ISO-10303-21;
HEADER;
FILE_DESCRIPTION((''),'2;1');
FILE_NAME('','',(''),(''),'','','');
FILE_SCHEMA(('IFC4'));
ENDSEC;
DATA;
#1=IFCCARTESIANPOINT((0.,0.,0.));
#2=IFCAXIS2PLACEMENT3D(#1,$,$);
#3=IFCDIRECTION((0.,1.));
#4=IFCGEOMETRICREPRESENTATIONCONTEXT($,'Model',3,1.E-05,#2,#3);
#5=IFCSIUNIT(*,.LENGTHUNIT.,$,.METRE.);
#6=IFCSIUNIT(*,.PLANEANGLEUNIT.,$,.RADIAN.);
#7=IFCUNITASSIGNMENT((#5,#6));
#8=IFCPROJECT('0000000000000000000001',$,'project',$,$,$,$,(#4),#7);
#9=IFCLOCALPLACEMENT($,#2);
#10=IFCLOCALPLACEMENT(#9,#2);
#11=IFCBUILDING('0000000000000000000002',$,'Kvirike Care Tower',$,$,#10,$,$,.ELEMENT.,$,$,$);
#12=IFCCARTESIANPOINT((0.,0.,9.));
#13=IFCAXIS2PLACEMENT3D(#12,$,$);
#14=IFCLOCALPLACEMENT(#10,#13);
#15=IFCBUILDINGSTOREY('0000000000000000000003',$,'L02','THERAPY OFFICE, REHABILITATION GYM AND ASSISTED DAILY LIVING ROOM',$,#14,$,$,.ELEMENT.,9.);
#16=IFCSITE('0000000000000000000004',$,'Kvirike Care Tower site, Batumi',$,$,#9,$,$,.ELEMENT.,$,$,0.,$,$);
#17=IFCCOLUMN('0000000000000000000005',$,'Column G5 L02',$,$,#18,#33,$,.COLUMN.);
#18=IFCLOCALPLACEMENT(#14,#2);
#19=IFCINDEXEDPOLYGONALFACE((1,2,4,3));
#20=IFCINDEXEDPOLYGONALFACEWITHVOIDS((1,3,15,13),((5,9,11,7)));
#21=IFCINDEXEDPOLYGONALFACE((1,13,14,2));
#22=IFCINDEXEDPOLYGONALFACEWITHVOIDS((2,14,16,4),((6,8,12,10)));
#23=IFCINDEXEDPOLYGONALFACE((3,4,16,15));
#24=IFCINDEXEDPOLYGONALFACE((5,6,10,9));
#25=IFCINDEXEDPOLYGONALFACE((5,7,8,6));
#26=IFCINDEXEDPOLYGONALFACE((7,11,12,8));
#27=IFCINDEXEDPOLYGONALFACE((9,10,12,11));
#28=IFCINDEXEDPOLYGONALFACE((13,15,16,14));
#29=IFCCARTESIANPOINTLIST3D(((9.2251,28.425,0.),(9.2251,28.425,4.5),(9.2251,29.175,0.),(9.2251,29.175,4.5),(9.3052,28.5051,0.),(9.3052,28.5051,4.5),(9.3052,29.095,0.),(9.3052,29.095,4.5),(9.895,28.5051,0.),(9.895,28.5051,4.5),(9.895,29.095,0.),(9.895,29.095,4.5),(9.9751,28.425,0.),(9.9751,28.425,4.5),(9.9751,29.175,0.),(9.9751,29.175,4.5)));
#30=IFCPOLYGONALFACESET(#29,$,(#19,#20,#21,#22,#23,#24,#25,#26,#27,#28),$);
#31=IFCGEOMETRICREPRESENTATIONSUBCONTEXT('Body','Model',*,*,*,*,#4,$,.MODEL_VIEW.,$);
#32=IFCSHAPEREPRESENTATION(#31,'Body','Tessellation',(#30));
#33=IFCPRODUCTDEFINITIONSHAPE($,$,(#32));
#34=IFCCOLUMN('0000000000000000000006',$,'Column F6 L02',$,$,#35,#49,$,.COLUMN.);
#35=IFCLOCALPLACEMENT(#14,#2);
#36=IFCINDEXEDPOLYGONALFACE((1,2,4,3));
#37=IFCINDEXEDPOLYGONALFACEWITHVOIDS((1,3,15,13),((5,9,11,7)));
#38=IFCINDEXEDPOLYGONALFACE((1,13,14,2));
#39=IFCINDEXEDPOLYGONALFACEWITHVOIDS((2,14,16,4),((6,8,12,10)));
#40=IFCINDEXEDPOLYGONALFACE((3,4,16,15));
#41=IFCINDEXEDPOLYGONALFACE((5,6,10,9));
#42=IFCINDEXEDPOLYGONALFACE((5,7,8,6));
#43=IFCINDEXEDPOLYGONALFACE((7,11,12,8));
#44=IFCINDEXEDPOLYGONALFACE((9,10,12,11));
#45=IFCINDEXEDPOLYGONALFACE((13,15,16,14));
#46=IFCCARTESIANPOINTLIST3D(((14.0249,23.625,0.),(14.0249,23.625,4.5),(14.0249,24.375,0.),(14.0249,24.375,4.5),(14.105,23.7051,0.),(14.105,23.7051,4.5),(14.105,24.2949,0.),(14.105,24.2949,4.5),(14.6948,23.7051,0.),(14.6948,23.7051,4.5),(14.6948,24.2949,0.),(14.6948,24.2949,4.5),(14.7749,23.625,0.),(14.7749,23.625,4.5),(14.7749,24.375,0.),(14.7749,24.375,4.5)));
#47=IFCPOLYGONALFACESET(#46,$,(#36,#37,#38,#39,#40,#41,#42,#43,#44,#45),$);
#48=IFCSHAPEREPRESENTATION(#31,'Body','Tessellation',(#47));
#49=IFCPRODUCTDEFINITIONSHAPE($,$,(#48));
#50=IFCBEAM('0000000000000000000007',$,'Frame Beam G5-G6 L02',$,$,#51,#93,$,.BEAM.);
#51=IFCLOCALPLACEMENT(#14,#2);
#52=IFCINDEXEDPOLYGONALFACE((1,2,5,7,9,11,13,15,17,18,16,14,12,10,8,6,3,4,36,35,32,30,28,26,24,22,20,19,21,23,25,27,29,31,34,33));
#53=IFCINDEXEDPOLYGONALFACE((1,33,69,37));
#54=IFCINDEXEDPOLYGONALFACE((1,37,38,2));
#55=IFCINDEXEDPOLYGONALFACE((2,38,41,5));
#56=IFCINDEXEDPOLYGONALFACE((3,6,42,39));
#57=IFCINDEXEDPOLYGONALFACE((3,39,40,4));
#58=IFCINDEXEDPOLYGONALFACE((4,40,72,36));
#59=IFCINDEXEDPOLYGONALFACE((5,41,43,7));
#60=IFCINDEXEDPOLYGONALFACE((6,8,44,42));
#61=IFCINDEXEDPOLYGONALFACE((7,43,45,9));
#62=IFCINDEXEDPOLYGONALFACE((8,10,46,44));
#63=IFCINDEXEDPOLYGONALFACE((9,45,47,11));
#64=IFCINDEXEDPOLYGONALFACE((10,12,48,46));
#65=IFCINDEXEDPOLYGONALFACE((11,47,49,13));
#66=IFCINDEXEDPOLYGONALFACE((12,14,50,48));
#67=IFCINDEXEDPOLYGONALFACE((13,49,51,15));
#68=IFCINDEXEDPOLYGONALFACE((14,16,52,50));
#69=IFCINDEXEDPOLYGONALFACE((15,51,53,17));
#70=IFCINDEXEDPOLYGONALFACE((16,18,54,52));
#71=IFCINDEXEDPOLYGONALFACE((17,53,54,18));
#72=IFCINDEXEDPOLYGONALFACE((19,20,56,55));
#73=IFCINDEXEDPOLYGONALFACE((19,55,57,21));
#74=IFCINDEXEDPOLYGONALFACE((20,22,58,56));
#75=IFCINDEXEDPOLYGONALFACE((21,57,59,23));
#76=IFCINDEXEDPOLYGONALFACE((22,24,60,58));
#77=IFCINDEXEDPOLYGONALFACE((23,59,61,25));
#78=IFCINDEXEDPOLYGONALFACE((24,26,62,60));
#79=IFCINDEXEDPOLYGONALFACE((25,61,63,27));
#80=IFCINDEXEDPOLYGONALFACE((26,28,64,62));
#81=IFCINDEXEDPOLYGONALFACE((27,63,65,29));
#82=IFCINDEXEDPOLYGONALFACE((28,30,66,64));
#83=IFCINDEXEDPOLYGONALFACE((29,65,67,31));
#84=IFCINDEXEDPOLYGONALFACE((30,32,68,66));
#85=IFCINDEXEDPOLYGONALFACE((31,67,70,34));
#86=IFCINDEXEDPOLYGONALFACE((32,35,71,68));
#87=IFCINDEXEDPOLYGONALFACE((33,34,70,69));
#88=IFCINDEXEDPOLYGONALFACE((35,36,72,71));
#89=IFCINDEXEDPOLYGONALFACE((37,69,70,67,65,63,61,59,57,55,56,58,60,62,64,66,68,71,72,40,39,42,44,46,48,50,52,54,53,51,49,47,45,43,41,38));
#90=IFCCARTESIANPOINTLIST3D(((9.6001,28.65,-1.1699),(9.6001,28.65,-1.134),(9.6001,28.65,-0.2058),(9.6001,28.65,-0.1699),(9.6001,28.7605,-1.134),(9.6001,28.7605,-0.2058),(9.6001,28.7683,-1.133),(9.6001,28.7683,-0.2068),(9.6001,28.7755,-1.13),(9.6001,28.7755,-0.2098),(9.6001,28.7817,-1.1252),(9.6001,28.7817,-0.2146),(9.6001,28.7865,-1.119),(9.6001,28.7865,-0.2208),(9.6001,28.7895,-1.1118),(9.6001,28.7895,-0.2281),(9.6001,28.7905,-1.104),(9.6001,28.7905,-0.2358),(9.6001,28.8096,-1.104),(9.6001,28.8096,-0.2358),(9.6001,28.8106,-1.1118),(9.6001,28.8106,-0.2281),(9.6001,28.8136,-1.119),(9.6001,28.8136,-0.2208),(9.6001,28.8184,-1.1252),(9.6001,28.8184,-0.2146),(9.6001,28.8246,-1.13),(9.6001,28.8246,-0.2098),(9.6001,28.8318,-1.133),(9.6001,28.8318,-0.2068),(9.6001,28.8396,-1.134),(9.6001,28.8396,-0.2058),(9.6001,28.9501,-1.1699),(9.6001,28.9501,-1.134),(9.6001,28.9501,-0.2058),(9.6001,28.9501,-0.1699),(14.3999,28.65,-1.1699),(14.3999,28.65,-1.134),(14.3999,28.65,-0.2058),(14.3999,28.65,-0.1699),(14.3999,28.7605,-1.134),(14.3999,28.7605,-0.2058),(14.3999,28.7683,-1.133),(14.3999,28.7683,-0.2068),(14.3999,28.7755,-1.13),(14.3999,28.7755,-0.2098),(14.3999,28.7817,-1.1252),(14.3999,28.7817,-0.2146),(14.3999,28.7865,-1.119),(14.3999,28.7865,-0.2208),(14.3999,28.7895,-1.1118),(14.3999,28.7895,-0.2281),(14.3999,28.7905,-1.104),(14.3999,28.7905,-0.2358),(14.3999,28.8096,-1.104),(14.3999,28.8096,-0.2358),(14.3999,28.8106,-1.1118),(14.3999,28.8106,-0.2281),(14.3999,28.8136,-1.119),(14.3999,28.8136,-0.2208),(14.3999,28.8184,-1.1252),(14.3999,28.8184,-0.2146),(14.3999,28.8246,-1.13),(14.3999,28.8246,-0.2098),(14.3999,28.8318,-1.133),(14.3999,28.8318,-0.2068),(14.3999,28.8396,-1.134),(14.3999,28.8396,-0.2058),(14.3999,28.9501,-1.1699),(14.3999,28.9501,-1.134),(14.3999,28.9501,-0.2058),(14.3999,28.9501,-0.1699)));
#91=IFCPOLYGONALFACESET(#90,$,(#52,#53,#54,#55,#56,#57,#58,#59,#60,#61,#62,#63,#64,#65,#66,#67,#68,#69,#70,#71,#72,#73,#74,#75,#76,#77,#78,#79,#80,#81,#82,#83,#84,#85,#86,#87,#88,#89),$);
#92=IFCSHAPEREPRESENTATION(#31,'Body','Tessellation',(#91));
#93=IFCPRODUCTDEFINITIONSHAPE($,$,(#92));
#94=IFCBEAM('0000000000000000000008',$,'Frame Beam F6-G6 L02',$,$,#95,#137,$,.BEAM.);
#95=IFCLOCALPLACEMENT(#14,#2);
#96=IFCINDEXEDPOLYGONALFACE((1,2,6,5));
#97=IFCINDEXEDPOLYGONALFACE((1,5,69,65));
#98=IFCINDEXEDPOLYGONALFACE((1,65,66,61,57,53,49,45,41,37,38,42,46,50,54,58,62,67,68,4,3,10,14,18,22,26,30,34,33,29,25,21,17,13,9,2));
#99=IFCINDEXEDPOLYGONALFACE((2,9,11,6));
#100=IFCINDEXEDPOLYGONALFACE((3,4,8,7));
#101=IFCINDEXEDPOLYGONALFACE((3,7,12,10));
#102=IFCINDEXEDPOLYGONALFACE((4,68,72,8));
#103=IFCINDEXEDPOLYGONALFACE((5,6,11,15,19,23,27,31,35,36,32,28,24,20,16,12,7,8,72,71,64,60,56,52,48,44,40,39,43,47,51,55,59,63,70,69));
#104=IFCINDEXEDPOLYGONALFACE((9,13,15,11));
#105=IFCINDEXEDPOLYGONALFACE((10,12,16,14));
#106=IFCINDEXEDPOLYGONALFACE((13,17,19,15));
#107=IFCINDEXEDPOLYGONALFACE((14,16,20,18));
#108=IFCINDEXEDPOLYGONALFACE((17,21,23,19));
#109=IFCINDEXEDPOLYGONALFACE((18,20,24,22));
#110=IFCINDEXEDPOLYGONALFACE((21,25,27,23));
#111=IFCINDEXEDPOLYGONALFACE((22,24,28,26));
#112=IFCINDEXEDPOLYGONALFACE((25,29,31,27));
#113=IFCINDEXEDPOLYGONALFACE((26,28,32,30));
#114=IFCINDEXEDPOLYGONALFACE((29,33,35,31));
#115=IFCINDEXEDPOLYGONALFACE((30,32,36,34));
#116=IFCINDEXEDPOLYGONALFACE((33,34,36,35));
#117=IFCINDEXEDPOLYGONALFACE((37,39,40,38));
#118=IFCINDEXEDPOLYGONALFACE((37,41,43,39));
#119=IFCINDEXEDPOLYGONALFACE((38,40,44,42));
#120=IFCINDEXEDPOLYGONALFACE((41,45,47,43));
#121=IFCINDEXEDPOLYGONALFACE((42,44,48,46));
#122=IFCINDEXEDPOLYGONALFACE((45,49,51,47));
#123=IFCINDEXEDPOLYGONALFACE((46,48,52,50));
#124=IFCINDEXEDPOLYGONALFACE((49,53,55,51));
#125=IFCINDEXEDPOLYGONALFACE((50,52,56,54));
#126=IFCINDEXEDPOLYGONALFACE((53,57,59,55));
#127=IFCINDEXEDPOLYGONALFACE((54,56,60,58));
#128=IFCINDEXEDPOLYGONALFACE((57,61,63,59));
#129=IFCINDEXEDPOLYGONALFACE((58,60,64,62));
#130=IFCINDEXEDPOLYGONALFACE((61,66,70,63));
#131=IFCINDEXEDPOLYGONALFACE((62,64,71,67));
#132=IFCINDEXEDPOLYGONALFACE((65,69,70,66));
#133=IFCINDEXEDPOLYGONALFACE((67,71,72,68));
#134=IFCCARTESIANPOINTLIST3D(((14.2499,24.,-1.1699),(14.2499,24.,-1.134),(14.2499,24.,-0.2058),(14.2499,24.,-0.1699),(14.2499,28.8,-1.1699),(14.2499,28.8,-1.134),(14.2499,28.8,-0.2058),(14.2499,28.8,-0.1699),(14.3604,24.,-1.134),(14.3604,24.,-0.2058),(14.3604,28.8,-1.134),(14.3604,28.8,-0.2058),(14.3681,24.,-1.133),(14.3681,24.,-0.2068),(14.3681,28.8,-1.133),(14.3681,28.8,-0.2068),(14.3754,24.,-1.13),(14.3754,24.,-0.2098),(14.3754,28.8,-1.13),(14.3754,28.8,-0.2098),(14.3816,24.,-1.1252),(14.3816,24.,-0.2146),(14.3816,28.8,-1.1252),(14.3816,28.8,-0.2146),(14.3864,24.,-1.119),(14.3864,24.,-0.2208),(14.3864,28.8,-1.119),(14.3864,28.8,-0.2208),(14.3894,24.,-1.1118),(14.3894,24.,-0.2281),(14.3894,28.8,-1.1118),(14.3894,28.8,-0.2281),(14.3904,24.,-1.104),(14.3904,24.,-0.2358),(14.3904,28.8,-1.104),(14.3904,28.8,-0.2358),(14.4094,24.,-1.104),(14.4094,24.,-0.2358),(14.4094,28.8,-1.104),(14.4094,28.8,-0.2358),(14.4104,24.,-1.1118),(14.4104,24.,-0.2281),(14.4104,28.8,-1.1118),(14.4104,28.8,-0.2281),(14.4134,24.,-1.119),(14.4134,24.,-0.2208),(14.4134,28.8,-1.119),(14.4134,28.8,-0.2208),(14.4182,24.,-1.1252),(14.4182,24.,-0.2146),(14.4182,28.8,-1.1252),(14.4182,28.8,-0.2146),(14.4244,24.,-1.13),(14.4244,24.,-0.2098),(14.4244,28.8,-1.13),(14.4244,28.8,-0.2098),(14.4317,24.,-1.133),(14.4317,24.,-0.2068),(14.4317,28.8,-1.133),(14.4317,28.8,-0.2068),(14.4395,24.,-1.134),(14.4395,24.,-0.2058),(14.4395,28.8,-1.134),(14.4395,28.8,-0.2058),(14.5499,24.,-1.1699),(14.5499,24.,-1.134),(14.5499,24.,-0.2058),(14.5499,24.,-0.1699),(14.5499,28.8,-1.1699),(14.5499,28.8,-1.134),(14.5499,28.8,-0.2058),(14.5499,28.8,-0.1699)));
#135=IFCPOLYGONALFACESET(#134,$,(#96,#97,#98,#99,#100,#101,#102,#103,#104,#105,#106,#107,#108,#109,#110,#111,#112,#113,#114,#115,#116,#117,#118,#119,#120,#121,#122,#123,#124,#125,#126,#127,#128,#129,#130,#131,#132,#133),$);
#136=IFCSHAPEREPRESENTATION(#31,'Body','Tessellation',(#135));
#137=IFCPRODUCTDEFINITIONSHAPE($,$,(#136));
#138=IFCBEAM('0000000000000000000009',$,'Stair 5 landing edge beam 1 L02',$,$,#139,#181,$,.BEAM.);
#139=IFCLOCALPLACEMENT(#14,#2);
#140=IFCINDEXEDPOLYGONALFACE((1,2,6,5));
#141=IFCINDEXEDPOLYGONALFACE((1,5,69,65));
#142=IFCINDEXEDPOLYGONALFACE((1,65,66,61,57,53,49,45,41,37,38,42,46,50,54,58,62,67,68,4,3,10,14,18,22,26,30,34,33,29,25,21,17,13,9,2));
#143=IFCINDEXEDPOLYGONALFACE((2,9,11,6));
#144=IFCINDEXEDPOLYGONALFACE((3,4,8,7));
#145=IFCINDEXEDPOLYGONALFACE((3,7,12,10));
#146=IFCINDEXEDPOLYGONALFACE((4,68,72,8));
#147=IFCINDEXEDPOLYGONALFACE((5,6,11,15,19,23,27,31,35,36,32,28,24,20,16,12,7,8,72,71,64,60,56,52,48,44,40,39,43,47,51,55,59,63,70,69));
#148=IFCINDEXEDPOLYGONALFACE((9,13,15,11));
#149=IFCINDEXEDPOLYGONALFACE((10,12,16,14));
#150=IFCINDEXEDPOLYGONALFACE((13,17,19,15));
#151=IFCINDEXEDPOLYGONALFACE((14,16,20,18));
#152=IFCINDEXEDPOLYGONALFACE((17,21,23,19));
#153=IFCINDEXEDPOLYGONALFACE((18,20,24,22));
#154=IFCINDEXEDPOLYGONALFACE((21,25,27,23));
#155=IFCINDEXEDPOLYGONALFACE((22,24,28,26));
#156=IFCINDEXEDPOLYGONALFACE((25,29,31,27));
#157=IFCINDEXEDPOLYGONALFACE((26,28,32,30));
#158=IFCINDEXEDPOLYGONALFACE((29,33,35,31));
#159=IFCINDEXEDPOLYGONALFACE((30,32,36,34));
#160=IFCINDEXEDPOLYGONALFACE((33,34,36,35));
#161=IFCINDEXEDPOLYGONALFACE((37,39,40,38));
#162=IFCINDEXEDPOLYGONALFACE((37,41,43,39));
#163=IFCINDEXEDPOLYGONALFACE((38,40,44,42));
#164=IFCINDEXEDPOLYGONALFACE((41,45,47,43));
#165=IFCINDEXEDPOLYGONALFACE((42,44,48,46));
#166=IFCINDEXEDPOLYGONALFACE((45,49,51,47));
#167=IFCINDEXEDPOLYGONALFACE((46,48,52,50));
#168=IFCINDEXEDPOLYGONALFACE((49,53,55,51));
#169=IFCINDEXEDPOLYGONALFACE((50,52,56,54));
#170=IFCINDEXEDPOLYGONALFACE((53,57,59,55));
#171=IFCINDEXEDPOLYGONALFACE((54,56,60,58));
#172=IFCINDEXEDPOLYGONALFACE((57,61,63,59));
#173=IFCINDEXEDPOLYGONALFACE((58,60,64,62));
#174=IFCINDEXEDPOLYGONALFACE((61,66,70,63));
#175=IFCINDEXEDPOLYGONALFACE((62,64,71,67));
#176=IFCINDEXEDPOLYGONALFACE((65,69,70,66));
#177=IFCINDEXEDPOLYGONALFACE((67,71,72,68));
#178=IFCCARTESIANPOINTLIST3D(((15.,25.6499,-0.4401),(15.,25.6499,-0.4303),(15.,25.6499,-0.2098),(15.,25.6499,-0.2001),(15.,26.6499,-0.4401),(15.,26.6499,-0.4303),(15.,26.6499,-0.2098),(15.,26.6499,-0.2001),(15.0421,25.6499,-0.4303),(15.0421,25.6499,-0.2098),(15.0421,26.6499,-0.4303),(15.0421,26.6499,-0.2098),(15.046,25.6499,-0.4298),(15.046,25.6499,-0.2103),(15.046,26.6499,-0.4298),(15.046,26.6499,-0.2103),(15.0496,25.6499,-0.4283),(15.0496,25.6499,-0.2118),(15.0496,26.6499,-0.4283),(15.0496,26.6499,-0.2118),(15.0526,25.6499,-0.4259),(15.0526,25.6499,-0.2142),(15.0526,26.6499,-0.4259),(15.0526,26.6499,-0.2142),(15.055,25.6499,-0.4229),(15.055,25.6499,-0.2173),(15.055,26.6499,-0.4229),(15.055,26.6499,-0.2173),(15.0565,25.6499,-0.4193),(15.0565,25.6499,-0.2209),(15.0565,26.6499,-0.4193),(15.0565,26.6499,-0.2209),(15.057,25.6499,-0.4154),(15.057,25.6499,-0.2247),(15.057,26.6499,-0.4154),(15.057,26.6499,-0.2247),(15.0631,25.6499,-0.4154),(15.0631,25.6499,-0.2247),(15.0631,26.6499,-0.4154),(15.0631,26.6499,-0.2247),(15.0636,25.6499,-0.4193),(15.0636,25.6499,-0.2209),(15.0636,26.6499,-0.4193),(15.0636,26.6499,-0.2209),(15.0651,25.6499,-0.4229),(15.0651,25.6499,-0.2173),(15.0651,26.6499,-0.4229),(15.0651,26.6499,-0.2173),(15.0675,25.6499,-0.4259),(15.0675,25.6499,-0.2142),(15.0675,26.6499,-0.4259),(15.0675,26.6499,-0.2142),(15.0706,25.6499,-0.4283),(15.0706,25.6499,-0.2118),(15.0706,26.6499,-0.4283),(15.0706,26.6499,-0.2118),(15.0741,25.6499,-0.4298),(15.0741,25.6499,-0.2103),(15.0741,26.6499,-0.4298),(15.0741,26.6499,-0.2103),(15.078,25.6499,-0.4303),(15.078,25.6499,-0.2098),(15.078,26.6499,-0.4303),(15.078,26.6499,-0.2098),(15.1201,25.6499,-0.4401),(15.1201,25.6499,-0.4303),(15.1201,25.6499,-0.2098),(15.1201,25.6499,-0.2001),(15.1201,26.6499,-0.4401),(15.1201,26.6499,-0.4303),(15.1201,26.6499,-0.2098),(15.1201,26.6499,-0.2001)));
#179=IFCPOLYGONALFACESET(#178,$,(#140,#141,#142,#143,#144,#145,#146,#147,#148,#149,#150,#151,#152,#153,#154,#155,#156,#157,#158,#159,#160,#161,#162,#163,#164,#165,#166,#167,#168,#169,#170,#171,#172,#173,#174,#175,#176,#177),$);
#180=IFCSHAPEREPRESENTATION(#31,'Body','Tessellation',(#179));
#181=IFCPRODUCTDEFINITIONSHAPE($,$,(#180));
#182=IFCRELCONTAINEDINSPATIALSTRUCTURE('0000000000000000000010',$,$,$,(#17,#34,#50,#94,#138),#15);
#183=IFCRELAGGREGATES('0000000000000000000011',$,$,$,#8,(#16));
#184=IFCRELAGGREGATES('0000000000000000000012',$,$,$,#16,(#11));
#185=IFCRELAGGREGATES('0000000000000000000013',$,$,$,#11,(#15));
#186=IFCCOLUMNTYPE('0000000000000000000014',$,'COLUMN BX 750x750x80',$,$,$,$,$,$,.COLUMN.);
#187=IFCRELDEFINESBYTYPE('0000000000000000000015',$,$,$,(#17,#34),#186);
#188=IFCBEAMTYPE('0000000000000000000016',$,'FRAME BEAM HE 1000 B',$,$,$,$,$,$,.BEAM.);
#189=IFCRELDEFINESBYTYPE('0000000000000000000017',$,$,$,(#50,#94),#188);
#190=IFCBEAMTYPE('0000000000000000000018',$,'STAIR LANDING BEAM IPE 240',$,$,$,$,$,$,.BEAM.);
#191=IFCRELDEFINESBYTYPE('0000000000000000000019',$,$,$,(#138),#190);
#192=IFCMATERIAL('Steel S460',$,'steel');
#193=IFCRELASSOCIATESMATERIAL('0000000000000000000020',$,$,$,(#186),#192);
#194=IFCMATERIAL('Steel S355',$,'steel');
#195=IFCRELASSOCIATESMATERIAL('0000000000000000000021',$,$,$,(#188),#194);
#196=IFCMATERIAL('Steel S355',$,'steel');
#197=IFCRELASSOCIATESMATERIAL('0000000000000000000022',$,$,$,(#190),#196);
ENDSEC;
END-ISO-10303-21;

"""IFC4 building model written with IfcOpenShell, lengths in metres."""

from ifc_helpers import new_model, si_unit, direction, frame, origin, origin_2d, place, context, subcontext, project, spatial, hollow_rectangle, i_section, extrude, material, material_profile, profile_set, type_object, element, save


model = new_model("IFC4")

# Units and contexts
model_context = context("Model", 3, precision=1e-05, world=origin(), true_north=direction((0.0, 1.0)))
body_context = subcontext(model_context, "Body", "Model", "MODEL_VIEW")
ifc_project = project(units=[si_unit("LENGTHUNIT", "METRE"), si_unit("PLANEANGLEUNIT", "RADIAN")], contexts=[model_context])

# Site, building, storey
site_placement = place(None, origin())
site = spatial("IfcSite", under=ifc_project, at=site_placement, Name="Kvirike Care Tower site, Batumi", CompositionType="ELEMENT", RefElevation=0.0)
building_placement = place(site_placement, origin())
building = spatial("IfcBuilding", under=site, at=building_placement, Name="Kvirike Care Tower", CompositionType="ELEMENT")
storey_placement = place(building_placement, frame((0.0, 0.0, 9.0)))
storey = spatial("IfcBuildingStorey", under=building, at=storey_placement, Name="L02", Description="THERAPY OFFICE, REHABILITATION GYM AND ASSISTED DAILY LIVING ROOM", CompositionType="ELEMENT", Elevation=9.0)

# Columns
ifc_material_1 = material(Name="Steel S460", Category="steel")
ifc_material_profile_1 = material_profile(ifc_material_1, hollow_rectangle(XDim=0.75, YDim=0.75, WallThickness=0.0801, at=origin_2d()), Name="BX 750x750x80")
ifc_profile_set_1 = profile_set([ifc_material_profile_1], Name="Steel S460")
column_type = type_object("IfcColumnType", Name="COLUMN BX 750x750x80", PredefinedType="COLUMN", material=ifc_profile_set_1)
for number, where, z_axis, x_axis, name in (
    (1, (9.6001, 28.8, 0.0), (0.0, 0.0, 1.0), (0.0, 1.0, 0.0), "Column G5 L02"),
    (2, (14.3999, 24.0, 0.0), (0.0, 0.0, 1.0), (1.0, 0.0, 0.0), "Column F6 L02"),
):
    element("IfcColumn", number, at=place(storey_placement, frame(where, z_axis=z_axis, x_axis=x_axis)), inside=storey, type_object=column_type, Name=name, PredefinedType="COLUMN", context=body_context, shape_type="SweptSolid", body=[
        extrude(hollow_rectangle(XDim=0.75, YDim=0.75, WallThickness=0.0801, at=origin_2d()), origin(), (0.0, 0.0, 1.0), 4.5),
    ])

# Beams
ifc_material_2 = material(Name="Steel S355", Category="steel")
ifc_material_profile_2 = material_profile(ifc_material_2, i_section(OverallWidth=0.3, OverallDepth=1.0, WebThickness=0.019, FlangeThickness=0.0359, FilletRadius=0.03, at=origin_2d()), Name="HE 1000 B")
ifc_profile_set_2 = profile_set([ifc_material_profile_2], Name="Steel S355")
beam_type_1 = type_object("IfcBeamType", Name="FRAME BEAM HE 1000 B", PredefinedType="BEAM", material=ifc_profile_set_2)
beam_1_placement = place(storey_placement, frame((9.6001, 28.8, -0.6699), z_axis=(1.0, 0.0, 0.0), x_axis=(0.0, 1.0, 0.0)))
element("IfcBeam", 3, at=beam_1_placement, inside=storey, type_object=beam_type_1, Name="Frame Beam G5-G6 L02", PredefinedType="BEAM", context=body_context, shape_type="SweptSolid", body=[
    extrude(i_section(OverallWidth=0.3, OverallDepth=1.0, WebThickness=0.019, FlangeThickness=0.0359, FilletRadius=0.03, at=origin_2d()), origin(), (0.0, 0.0, 1.0), 4.7998),
])
beam_2_placement = place(storey_placement, frame((14.3999, 24.0, -0.6699), z_axis=(0.0, 1.0, 0.0), x_axis=(-1.0, 0.0, 0.0)))
element("IfcBeam", 4, at=beam_2_placement, inside=storey, type_object=beam_type_1, Name="Frame Beam F6-G6 L02", PredefinedType="BEAM", context=body_context, shape_type="SweptSolid", body=[
    extrude(i_section(OverallWidth=0.3, OverallDepth=1.0, WebThickness=0.019, FlangeThickness=0.0359, FilletRadius=0.03, at=origin_2d()), origin(), (0.0, 0.0, 1.0), 4.8),
])
ifc_material_3 = material(Name="Steel S355", Category="steel")
ifc_material_profile_3 = material_profile(ifc_material_3, i_section(OverallWidth=0.1201, OverallDepth=0.24, WebThickness=0.0061, FlangeThickness=0.0098, FilletRadius=0.0149, at=origin_2d()), Name="IPE 240")
ifc_profile_set_3 = profile_set([ifc_material_profile_3], Name="Steel S355")
beam_type_2 = type_object("IfcBeamType", Name="STAIR LANDING BEAM IPE 240", PredefinedType="BEAM", material=ifc_profile_set_3)
for number, where, z_axis, x_axis, name in (
    (5, (15.0601, 25.6499, -0.3201), (0.0, 1.0, 0.0), (-1.0, 0.0, 0.0), "Stair 5 landing edge beam 1 L02"),
):
    element("IfcBeam", number, at=place(storey_placement, frame(where, z_axis=z_axis, x_axis=x_axis)), inside=storey, type_object=beam_type_2, Name=name, PredefinedType="BEAM", context=body_context, shape_type="SweptSolid", body=[
        extrude(i_section(OverallWidth=0.1201, OverallDepth=0.24, WebThickness=0.0061, FlangeThickness=0.0098, FilletRadius=0.0149, at=origin_2d()), origin(), (0.0, 0.0, 1.0), 1.0),
    ])

save(model, "model.ifc")
